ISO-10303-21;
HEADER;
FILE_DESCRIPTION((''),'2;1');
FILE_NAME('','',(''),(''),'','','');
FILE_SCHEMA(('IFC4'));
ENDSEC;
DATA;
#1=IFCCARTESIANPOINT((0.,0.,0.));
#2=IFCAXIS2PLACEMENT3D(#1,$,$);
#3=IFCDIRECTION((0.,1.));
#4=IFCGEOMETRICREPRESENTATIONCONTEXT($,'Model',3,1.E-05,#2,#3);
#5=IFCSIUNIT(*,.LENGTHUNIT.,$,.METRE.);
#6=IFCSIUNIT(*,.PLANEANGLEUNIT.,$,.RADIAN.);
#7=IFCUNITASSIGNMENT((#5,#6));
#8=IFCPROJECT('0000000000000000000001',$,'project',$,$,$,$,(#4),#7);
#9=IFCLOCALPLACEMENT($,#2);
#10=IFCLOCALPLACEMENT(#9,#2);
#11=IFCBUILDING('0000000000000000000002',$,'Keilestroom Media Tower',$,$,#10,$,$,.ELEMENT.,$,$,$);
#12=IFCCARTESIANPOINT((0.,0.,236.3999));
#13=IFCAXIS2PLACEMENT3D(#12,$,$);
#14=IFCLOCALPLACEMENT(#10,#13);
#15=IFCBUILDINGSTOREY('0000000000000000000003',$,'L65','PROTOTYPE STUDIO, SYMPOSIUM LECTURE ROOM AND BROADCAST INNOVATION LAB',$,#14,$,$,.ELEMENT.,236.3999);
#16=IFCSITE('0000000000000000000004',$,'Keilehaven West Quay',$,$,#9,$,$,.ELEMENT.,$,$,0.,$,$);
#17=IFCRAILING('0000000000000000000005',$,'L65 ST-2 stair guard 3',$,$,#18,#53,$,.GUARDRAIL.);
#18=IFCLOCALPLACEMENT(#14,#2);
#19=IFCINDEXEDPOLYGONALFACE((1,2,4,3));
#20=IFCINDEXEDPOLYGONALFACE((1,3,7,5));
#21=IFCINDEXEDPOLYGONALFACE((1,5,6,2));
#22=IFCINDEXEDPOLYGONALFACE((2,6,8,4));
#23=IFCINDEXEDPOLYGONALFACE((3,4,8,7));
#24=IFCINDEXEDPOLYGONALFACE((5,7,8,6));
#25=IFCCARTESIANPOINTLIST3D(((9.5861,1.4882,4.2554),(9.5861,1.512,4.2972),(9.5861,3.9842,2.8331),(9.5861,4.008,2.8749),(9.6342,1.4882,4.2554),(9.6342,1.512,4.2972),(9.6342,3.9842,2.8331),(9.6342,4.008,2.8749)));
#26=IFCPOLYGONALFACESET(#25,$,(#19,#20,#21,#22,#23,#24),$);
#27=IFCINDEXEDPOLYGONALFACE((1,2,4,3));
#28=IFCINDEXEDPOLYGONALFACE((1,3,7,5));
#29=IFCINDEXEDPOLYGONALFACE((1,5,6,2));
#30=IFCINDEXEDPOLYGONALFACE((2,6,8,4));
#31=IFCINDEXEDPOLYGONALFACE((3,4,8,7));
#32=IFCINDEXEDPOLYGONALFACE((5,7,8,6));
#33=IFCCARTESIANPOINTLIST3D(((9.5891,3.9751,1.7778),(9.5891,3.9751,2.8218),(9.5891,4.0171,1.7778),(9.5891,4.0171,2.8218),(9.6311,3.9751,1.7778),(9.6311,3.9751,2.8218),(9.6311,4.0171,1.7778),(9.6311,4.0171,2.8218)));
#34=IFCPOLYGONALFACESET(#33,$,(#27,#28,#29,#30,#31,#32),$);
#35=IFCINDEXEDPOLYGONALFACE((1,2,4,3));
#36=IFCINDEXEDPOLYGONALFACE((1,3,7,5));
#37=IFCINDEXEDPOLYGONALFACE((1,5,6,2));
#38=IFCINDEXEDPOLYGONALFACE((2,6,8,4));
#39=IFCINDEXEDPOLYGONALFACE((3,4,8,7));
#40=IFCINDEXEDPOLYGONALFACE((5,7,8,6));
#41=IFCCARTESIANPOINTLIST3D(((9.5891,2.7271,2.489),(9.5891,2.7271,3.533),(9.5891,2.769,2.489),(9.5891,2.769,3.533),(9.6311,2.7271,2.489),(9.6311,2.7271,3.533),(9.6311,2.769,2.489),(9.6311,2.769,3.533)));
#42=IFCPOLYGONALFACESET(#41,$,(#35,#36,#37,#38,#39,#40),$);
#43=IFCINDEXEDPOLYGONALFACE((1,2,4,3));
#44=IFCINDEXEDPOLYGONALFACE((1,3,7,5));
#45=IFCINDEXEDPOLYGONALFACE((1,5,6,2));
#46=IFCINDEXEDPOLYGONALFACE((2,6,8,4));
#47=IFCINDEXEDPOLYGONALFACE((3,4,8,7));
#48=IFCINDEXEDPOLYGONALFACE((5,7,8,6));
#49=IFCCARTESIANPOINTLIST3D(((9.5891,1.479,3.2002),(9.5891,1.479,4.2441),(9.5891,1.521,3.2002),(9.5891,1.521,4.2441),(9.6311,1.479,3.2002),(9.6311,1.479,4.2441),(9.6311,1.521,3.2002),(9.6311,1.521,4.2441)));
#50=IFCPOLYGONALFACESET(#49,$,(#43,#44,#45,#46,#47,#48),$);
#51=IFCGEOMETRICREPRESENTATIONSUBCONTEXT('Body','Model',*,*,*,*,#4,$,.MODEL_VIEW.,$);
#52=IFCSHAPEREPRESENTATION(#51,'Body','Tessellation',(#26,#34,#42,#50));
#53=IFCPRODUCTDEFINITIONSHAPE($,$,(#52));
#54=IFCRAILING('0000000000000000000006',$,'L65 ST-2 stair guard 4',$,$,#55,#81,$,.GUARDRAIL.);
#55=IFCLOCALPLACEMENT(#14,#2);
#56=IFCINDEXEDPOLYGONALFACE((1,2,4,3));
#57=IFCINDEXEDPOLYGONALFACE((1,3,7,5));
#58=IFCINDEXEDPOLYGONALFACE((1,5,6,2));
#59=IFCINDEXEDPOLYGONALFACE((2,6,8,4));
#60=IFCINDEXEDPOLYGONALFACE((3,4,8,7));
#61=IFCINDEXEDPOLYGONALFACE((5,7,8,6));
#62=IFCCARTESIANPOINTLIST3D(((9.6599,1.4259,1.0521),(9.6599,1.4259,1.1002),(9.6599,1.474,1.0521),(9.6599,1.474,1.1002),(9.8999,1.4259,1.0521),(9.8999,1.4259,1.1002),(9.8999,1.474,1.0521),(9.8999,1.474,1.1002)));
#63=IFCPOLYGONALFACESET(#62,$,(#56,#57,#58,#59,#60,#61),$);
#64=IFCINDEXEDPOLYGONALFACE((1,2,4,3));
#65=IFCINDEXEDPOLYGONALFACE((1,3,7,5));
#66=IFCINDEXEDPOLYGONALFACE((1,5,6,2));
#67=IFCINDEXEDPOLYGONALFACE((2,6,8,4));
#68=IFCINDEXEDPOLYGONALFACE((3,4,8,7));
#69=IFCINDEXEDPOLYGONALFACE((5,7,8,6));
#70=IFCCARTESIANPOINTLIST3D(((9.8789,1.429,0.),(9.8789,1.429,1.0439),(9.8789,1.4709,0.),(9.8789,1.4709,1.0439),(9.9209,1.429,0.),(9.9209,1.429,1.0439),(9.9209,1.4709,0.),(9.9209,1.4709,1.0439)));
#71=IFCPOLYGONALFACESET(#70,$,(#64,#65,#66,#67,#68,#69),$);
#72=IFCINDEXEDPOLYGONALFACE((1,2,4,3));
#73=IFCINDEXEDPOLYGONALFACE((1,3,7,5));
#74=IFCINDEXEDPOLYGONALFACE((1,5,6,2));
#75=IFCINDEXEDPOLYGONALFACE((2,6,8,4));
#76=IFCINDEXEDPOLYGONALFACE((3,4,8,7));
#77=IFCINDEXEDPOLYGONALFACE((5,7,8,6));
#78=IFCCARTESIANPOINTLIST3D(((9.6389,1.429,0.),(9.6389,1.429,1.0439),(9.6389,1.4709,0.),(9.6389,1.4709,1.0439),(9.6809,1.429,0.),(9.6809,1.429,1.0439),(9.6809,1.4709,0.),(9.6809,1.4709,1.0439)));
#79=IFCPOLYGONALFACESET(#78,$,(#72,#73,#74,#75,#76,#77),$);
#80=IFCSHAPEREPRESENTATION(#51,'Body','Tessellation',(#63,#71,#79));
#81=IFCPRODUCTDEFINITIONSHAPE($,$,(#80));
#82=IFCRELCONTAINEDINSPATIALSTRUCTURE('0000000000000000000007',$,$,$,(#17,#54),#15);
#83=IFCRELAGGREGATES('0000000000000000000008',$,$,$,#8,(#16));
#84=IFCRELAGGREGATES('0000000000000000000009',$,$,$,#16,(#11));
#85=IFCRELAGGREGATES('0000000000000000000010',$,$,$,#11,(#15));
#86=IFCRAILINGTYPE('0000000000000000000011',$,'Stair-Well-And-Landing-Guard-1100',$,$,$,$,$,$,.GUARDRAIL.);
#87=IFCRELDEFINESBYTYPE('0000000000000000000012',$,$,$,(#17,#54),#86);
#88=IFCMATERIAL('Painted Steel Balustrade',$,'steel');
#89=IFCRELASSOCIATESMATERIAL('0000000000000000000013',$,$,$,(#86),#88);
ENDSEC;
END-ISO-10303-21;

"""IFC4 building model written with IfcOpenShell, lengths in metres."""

from ifc_helpers import new_model, si_unit, direction, frame, origin, origin_2d, place, context, subcontext, project, spatial, rectangle, extrude, material, type_object, element, save


model = new_model("IFC4")

# Units and contexts
model_context = context("Model", 3, precision=1e-05, world=origin(), true_north=direction((0.0, 1.0)))
body_context = subcontext(model_context, "Body", "Model", "MODEL_VIEW")
ifc_project = project(units=[si_unit("LENGTHUNIT", "METRE"), si_unit("PLANEANGLEUNIT", "RADIAN")], contexts=[model_context])

# Site, building, storey
site_placement = place(None, origin())
site = spatial("IfcSite", under=ifc_project, at=site_placement, Name="Keilehaven West Quay", CompositionType="ELEMENT", RefElevation=0.0)
building_placement = place(site_placement, origin())
building = spatial("IfcBuilding", under=site, at=building_placement, Name="Keilestroom Media Tower", CompositionType="ELEMENT")
storey_placement = place(building_placement, frame((0.0, 0.0, 236.3999)))
storey = spatial("IfcBuildingStorey", under=building, at=storey_placement, Name="L65", Description="PROTOTYPE STUDIO, SYMPOSIUM LECTURE ROOM AND BROADCAST INNOVATION LAB", CompositionType="ELEMENT", Elevation=236.3999)

# Railings
ifc_material_1 = material(Name="Painted Steel Balustrade", Category="steel")
railing_type_1 = type_object("IfcRailingType", Name="Stair-Well-And-Landing-Guard-1100", PredefinedType="GUARDRAIL", material=ifc_material_1)
railing_1_placement = place(storey_placement, frame((9.6101, 3.9961, 1.7778)))
element("IfcRailing", 1, at=railing_1_placement, inside=storey, type_object=railing_type_1, Name="L65 ST-2 stair guard 3", PredefinedType="GUARDRAIL", context=body_context, shape_type="SweptSolid", body=[
    extrude(rectangle(XDim=0.0481, YDim=0.0481, at=origin_2d()), frame((0.0, 0.0, 1.0762), z_axis=(0.0, -0.868839, 0.495095), x_axis=(1.0, 0.0, 0.0)), (0.0, 0.0, 1.0), 2.8728),
    extrude(rectangle(XDim=0.042, YDim=0.042, at=origin_2d()), origin(), (0.0, 0.0, 1.0), 1.0439),
    extrude(rectangle(XDim=0.042, YDim=0.042, at=origin_2d()), frame((0.0, -1.248, 0.7112)), (0.0, 0.0, 1.0), 1.0439),
    extrude(rectangle(XDim=0.042, YDim=0.042, at=origin_2d()), frame((0.0, -2.4961, 1.4224)), (0.0, 0.0, 1.0), 1.0439),
])
railing_2_placement = place(storey_placement, frame((9.8999, 1.45, 0.0)))
element("IfcRailing", 2, at=railing_2_placement, inside=storey, type_object=railing_type_1, Name="L65 ST-2 stair guard 4", PredefinedType="GUARDRAIL", context=body_context, shape_type="SweptSolid", body=[
    extrude(rectangle(XDim=0.0481, YDim=0.0481, at=origin_2d()), frame((0.0, 0.0, 1.0762), z_axis=(-1.0, 0.0, 0.0), x_axis=(0.0, -1.0, 0.0)), (0.0, 0.0, 1.0), 0.24),
    extrude(rectangle(XDim=0.042, YDim=0.042, at=origin_2d()), origin(), (0.0, 0.0, 1.0), 1.0439),
    extrude(rectangle(XDim=0.042, YDim=0.042, at=origin_2d()), frame((-0.24, 0.0, 0.0)), (0.0, 0.0, 1.0), 1.0439),
])

save(model, "model.ifc")
